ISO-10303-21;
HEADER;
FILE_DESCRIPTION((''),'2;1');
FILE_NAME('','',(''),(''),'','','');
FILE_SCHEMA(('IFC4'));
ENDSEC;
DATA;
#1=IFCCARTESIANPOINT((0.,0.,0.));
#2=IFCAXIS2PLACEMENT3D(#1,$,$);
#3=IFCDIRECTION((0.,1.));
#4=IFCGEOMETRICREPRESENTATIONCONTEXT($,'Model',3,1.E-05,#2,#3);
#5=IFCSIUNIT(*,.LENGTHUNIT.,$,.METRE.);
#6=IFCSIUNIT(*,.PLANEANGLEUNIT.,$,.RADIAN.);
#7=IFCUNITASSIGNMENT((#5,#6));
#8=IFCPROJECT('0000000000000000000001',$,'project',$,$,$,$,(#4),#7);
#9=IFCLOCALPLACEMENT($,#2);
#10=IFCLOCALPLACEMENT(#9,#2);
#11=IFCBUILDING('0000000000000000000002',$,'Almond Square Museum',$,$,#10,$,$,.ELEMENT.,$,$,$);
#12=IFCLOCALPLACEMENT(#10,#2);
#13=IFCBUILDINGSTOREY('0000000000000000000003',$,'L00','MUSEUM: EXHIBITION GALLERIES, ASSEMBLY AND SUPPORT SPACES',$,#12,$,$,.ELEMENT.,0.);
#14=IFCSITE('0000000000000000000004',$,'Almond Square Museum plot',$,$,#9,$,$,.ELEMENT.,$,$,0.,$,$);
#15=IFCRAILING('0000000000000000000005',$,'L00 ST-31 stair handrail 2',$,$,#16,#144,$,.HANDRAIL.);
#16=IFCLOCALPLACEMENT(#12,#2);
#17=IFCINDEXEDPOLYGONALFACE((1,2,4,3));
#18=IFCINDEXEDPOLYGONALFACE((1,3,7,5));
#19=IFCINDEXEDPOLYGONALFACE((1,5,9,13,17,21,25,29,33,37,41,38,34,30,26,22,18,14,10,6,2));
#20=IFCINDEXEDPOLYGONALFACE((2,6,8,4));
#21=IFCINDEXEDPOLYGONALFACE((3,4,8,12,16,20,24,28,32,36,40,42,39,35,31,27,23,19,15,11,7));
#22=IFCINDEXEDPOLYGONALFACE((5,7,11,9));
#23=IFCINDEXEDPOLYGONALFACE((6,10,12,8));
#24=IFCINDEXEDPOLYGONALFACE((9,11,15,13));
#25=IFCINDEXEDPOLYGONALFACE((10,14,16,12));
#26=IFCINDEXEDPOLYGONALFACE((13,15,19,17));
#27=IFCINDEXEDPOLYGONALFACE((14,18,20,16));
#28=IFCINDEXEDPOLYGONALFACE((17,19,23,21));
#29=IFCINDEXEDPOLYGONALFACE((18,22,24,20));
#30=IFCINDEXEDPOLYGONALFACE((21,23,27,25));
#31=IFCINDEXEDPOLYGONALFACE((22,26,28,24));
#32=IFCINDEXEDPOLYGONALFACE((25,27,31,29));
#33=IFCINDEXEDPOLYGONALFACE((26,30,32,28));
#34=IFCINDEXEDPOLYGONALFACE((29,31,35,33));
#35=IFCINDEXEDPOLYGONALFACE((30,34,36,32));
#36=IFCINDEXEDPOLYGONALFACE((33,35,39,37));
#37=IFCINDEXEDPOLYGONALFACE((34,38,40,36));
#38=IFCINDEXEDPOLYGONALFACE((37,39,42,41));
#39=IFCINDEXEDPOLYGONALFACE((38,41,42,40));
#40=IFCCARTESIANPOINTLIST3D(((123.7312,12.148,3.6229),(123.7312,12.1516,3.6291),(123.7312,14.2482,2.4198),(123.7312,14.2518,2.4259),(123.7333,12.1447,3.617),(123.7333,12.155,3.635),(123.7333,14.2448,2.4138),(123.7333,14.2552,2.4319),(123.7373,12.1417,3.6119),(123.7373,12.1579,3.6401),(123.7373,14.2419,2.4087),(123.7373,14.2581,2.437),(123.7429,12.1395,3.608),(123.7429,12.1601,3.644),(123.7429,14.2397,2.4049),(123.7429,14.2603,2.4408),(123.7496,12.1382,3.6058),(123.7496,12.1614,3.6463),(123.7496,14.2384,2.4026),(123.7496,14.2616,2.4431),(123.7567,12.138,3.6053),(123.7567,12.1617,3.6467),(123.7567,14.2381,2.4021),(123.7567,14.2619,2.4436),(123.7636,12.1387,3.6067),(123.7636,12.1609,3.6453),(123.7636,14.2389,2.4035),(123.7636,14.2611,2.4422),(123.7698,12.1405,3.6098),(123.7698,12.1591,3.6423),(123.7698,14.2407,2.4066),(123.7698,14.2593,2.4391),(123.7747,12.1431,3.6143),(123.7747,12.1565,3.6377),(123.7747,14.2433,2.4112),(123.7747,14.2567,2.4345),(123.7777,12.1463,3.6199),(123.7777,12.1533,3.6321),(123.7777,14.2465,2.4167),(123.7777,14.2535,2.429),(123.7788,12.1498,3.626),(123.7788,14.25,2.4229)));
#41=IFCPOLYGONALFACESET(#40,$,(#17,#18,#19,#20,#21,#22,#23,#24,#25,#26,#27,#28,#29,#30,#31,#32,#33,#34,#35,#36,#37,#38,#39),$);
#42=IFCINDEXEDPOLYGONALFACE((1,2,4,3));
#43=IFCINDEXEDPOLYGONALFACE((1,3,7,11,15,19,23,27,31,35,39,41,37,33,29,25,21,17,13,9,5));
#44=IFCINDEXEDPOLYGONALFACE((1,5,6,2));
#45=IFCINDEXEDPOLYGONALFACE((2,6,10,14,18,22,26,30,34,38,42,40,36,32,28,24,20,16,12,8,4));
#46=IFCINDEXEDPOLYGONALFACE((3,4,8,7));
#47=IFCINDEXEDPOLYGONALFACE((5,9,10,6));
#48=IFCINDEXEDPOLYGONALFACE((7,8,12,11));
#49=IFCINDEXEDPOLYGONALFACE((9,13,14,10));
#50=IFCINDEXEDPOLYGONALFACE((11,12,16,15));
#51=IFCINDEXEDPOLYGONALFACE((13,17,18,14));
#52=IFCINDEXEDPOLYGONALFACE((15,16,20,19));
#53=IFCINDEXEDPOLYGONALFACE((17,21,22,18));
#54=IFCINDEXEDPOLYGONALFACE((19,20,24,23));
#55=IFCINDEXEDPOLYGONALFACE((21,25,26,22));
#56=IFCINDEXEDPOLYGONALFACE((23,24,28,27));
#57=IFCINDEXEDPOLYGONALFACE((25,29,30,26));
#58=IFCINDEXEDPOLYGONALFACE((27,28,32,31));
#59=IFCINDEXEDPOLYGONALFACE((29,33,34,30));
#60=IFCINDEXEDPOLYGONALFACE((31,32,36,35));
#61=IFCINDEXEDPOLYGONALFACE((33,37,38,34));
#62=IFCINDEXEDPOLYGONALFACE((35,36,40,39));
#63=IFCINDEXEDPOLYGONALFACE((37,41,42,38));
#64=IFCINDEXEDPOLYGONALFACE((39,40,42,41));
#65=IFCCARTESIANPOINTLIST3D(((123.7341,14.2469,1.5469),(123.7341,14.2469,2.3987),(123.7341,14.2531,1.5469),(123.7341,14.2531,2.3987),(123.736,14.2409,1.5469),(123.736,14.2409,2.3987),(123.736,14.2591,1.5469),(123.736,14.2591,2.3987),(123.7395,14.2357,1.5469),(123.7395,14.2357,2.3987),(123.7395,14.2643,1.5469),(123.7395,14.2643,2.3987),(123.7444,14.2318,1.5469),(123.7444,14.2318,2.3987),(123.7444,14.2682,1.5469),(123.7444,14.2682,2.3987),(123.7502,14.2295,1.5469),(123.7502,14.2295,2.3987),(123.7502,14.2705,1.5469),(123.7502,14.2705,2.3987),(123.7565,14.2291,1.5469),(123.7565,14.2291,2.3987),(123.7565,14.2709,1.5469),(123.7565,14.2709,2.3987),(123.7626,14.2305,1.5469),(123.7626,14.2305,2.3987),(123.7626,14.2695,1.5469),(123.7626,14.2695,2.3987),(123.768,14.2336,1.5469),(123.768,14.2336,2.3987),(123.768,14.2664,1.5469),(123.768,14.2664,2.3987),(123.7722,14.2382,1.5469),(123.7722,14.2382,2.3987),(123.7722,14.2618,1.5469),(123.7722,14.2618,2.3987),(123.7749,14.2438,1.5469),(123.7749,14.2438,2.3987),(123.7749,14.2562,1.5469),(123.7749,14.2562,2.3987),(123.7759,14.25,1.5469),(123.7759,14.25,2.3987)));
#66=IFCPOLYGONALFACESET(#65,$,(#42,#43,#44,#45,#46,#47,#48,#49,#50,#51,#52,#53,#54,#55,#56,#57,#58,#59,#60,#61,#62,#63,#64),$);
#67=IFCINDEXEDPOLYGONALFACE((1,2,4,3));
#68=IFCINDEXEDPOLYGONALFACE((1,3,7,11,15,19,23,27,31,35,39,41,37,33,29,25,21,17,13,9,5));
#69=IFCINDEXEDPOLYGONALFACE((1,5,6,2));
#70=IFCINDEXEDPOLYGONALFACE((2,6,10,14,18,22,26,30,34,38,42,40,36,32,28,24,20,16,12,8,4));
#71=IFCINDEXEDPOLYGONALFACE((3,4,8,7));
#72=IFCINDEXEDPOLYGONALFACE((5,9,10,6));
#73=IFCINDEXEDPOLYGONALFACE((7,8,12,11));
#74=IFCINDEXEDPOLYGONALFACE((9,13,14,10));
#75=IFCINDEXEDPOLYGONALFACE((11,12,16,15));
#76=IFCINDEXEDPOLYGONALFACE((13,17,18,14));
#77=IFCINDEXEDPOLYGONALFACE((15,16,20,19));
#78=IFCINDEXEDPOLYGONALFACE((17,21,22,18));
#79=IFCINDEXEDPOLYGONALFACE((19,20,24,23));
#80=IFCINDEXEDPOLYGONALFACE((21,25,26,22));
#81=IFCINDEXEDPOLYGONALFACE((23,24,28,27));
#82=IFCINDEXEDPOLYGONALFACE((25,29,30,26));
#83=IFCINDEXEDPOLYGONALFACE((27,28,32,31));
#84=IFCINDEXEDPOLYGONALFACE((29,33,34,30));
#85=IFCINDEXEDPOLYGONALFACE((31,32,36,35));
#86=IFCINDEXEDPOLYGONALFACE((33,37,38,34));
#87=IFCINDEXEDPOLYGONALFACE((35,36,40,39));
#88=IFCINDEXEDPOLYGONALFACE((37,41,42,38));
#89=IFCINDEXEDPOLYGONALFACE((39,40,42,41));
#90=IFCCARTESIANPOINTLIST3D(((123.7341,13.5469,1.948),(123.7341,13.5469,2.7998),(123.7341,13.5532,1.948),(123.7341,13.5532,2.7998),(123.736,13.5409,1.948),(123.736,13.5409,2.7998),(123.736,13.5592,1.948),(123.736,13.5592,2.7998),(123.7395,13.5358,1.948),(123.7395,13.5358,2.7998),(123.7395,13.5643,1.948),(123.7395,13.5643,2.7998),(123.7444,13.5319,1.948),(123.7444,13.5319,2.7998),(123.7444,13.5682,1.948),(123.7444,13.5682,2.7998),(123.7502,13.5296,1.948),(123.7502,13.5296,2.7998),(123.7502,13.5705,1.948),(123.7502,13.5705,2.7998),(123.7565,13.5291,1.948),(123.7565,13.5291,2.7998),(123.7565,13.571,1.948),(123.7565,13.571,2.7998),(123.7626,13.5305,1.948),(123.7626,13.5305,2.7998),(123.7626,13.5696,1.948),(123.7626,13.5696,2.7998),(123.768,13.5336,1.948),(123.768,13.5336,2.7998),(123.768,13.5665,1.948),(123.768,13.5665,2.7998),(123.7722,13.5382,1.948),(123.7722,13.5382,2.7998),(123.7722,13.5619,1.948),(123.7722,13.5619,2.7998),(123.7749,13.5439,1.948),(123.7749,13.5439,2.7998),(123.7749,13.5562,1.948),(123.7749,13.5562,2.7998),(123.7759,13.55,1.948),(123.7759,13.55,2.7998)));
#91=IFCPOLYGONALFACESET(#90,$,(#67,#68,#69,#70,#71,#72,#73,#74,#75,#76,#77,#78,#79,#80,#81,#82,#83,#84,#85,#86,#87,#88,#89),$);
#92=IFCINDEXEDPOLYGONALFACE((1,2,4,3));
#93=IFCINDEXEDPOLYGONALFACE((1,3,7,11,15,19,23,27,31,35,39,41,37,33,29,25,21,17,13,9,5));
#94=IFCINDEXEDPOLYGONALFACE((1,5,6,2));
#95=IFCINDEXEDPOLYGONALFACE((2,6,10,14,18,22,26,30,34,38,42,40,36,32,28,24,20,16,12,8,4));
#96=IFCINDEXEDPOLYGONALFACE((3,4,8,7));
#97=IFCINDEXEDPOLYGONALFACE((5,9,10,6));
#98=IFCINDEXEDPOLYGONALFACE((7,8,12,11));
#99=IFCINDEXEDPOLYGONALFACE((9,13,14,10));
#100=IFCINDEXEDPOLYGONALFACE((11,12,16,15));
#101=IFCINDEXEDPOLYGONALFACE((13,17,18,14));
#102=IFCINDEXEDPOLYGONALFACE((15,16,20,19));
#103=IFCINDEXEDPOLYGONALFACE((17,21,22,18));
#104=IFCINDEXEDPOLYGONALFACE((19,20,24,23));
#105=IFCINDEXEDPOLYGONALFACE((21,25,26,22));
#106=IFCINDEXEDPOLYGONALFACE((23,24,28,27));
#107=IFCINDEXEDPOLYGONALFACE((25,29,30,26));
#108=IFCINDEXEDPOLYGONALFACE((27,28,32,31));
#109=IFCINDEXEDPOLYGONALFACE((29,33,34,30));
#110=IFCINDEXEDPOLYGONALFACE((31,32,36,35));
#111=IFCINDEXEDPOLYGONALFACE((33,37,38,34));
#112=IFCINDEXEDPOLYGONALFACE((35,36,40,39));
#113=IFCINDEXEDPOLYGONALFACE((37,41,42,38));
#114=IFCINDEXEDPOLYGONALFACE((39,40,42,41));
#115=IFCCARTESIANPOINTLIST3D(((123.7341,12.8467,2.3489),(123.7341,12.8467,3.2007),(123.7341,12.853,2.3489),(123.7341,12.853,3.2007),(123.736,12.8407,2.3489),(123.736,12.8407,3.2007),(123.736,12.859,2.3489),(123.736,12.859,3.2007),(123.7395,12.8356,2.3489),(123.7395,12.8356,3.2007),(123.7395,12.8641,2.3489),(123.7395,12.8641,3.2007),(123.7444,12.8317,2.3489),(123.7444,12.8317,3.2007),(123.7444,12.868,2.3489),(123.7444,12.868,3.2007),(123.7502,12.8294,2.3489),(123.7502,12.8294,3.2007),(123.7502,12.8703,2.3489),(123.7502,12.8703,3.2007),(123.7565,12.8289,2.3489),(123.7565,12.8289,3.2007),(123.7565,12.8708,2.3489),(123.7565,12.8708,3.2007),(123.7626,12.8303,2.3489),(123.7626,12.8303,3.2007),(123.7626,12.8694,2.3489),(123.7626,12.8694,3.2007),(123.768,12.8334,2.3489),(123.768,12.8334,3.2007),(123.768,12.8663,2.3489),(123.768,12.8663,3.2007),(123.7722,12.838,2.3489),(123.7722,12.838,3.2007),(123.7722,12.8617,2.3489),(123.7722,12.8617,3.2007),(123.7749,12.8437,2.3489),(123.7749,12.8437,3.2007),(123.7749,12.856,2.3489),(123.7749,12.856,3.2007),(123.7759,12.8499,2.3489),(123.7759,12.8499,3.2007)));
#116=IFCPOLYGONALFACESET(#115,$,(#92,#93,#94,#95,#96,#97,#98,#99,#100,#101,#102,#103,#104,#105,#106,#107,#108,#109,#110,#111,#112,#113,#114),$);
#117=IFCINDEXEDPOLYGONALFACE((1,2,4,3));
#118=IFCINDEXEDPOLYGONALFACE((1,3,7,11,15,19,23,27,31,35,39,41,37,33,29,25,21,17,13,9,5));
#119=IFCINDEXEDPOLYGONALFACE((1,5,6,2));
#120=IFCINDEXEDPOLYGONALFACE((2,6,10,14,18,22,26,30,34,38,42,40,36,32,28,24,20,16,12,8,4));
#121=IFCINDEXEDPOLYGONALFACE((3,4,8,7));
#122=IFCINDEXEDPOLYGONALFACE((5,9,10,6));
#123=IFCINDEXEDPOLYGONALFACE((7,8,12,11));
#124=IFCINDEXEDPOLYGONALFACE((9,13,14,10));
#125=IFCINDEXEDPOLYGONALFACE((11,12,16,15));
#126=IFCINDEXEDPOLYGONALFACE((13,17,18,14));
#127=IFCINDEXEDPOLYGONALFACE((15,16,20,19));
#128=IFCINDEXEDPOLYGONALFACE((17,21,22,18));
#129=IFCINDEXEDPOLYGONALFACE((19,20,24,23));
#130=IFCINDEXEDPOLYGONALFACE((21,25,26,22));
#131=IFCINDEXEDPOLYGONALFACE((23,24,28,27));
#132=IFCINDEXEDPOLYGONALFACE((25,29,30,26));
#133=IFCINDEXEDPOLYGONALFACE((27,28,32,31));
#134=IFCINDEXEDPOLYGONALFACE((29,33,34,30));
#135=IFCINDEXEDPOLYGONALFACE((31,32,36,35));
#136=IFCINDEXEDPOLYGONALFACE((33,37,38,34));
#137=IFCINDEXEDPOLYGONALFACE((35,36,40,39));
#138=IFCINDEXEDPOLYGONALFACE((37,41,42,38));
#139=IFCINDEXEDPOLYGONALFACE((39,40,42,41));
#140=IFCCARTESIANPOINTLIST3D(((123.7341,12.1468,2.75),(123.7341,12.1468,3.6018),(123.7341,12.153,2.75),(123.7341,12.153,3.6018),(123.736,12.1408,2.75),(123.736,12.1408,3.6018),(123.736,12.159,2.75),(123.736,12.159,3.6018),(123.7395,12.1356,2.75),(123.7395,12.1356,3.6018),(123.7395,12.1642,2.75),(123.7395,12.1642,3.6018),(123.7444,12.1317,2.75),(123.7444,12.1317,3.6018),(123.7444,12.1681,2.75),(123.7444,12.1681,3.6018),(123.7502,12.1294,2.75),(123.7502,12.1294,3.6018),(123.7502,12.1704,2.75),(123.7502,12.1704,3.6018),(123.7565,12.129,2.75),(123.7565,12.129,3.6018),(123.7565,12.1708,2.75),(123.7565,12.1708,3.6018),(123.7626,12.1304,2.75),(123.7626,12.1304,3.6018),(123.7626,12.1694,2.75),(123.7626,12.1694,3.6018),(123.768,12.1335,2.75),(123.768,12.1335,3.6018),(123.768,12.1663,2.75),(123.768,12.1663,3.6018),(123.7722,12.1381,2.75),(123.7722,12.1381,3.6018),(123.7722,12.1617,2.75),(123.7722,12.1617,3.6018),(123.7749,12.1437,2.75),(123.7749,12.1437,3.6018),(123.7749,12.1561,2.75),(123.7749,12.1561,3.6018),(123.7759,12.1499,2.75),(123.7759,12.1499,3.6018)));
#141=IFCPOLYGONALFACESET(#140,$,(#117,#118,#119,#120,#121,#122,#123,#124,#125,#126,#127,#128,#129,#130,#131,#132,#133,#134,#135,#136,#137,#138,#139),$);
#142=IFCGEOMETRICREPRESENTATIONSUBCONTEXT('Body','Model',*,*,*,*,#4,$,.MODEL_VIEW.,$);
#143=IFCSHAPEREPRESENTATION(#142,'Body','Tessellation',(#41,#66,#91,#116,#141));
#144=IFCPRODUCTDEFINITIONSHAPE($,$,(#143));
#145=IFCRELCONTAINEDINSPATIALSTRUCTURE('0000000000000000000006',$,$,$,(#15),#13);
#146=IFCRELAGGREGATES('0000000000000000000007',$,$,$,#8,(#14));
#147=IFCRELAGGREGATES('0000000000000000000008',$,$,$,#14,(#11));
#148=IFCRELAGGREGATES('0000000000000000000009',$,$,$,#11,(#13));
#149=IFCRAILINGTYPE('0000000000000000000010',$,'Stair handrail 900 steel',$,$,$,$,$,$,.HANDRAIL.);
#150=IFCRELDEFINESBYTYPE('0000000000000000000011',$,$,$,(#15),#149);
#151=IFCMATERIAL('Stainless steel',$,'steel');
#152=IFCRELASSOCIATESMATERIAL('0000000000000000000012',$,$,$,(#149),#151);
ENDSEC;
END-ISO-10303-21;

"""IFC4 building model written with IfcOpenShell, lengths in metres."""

from ifc_helpers import new_model, si_unit, direction, frame, origin, origin_2d, place, context, subcontext, project, spatial, circle, extrude, material, type_object, element, save


model = new_model("IFC4")

# Units and contexts
model_context = context("Model", 3, precision=1e-05, world=origin(), true_north=direction((0.0, 1.0)))
body_context = subcontext(model_context, "Body", "Model", "MODEL_VIEW")
ifc_project = project(units=[si_unit("LENGTHUNIT", "METRE"), si_unit("PLANEANGLEUNIT", "RADIAN")], contexts=[model_context])

# Site, building, storey
site_placement = place(None, origin())
site = spatial("IfcSite", under=ifc_project, at=site_placement, Name="Almond Square Museum plot", CompositionType="ELEMENT", RefElevation=0.0)
building_placement = place(site_placement, origin())
building = spatial("IfcBuilding", under=site, at=building_placement, Name="Almond Square Museum", CompositionType="ELEMENT")
storey_placement = place(building_placement, origin())
storey = spatial("IfcBuildingStorey", under=building, at=storey_placement, Name="L00", Description="MUSEUM: EXHIBITION GALLERIES, ASSEMBLY AND SUPPORT SPACES", CompositionType="ELEMENT", Elevation=0.0)

# Railing
ifc_material_1 = material(Name="Stainless steel", Category="steel")
railing_type = type_object("IfcRailingType", Name="Stair handrail 900 steel", PredefinedType="HANDRAIL", material=ifc_material_1)
railing_placement = place(storey_placement, frame((123.7549, 14.25, 1.5469)))
element("IfcRailing", 1, at=railing_placement, inside=storey, type_object=railing_type, Name="L00 ST-31 stair handrail 2", PredefinedType="HANDRAIL", context=body_context, shape_type="SweptSolid", body=[
    extrude(circle(Radius=0.0239, at=origin_2d()), frame((0.0, 0.0, 0.876), z_axis=(0.0, -0.867696, 0.497095), x_axis=(1.0, 0.0, 0.0)), (0.0, 0.0, 1.0), 2.4204),
    extrude(circle(Radius=0.021, at=origin_2d()), origin(), (0.0, 0.0, 1.0), 0.8518),
    extrude(circle(Radius=0.021, at=origin_2d()), frame((0.0, -0.7, 0.4011)), (0.0, 0.0, 1.0), 0.8518),
    extrude(circle(Radius=0.021, at=origin_2d()), frame((0.0, -1.4001, 0.802)), (0.0, 0.0, 1.0), 0.8518),
    extrude(circle(Radius=0.021, at=origin_2d()), frame((0.0, -2.1001, 1.2031)), (0.0, 0.0, 1.0), 0.8518),
])

save(model, "model.ifc")
